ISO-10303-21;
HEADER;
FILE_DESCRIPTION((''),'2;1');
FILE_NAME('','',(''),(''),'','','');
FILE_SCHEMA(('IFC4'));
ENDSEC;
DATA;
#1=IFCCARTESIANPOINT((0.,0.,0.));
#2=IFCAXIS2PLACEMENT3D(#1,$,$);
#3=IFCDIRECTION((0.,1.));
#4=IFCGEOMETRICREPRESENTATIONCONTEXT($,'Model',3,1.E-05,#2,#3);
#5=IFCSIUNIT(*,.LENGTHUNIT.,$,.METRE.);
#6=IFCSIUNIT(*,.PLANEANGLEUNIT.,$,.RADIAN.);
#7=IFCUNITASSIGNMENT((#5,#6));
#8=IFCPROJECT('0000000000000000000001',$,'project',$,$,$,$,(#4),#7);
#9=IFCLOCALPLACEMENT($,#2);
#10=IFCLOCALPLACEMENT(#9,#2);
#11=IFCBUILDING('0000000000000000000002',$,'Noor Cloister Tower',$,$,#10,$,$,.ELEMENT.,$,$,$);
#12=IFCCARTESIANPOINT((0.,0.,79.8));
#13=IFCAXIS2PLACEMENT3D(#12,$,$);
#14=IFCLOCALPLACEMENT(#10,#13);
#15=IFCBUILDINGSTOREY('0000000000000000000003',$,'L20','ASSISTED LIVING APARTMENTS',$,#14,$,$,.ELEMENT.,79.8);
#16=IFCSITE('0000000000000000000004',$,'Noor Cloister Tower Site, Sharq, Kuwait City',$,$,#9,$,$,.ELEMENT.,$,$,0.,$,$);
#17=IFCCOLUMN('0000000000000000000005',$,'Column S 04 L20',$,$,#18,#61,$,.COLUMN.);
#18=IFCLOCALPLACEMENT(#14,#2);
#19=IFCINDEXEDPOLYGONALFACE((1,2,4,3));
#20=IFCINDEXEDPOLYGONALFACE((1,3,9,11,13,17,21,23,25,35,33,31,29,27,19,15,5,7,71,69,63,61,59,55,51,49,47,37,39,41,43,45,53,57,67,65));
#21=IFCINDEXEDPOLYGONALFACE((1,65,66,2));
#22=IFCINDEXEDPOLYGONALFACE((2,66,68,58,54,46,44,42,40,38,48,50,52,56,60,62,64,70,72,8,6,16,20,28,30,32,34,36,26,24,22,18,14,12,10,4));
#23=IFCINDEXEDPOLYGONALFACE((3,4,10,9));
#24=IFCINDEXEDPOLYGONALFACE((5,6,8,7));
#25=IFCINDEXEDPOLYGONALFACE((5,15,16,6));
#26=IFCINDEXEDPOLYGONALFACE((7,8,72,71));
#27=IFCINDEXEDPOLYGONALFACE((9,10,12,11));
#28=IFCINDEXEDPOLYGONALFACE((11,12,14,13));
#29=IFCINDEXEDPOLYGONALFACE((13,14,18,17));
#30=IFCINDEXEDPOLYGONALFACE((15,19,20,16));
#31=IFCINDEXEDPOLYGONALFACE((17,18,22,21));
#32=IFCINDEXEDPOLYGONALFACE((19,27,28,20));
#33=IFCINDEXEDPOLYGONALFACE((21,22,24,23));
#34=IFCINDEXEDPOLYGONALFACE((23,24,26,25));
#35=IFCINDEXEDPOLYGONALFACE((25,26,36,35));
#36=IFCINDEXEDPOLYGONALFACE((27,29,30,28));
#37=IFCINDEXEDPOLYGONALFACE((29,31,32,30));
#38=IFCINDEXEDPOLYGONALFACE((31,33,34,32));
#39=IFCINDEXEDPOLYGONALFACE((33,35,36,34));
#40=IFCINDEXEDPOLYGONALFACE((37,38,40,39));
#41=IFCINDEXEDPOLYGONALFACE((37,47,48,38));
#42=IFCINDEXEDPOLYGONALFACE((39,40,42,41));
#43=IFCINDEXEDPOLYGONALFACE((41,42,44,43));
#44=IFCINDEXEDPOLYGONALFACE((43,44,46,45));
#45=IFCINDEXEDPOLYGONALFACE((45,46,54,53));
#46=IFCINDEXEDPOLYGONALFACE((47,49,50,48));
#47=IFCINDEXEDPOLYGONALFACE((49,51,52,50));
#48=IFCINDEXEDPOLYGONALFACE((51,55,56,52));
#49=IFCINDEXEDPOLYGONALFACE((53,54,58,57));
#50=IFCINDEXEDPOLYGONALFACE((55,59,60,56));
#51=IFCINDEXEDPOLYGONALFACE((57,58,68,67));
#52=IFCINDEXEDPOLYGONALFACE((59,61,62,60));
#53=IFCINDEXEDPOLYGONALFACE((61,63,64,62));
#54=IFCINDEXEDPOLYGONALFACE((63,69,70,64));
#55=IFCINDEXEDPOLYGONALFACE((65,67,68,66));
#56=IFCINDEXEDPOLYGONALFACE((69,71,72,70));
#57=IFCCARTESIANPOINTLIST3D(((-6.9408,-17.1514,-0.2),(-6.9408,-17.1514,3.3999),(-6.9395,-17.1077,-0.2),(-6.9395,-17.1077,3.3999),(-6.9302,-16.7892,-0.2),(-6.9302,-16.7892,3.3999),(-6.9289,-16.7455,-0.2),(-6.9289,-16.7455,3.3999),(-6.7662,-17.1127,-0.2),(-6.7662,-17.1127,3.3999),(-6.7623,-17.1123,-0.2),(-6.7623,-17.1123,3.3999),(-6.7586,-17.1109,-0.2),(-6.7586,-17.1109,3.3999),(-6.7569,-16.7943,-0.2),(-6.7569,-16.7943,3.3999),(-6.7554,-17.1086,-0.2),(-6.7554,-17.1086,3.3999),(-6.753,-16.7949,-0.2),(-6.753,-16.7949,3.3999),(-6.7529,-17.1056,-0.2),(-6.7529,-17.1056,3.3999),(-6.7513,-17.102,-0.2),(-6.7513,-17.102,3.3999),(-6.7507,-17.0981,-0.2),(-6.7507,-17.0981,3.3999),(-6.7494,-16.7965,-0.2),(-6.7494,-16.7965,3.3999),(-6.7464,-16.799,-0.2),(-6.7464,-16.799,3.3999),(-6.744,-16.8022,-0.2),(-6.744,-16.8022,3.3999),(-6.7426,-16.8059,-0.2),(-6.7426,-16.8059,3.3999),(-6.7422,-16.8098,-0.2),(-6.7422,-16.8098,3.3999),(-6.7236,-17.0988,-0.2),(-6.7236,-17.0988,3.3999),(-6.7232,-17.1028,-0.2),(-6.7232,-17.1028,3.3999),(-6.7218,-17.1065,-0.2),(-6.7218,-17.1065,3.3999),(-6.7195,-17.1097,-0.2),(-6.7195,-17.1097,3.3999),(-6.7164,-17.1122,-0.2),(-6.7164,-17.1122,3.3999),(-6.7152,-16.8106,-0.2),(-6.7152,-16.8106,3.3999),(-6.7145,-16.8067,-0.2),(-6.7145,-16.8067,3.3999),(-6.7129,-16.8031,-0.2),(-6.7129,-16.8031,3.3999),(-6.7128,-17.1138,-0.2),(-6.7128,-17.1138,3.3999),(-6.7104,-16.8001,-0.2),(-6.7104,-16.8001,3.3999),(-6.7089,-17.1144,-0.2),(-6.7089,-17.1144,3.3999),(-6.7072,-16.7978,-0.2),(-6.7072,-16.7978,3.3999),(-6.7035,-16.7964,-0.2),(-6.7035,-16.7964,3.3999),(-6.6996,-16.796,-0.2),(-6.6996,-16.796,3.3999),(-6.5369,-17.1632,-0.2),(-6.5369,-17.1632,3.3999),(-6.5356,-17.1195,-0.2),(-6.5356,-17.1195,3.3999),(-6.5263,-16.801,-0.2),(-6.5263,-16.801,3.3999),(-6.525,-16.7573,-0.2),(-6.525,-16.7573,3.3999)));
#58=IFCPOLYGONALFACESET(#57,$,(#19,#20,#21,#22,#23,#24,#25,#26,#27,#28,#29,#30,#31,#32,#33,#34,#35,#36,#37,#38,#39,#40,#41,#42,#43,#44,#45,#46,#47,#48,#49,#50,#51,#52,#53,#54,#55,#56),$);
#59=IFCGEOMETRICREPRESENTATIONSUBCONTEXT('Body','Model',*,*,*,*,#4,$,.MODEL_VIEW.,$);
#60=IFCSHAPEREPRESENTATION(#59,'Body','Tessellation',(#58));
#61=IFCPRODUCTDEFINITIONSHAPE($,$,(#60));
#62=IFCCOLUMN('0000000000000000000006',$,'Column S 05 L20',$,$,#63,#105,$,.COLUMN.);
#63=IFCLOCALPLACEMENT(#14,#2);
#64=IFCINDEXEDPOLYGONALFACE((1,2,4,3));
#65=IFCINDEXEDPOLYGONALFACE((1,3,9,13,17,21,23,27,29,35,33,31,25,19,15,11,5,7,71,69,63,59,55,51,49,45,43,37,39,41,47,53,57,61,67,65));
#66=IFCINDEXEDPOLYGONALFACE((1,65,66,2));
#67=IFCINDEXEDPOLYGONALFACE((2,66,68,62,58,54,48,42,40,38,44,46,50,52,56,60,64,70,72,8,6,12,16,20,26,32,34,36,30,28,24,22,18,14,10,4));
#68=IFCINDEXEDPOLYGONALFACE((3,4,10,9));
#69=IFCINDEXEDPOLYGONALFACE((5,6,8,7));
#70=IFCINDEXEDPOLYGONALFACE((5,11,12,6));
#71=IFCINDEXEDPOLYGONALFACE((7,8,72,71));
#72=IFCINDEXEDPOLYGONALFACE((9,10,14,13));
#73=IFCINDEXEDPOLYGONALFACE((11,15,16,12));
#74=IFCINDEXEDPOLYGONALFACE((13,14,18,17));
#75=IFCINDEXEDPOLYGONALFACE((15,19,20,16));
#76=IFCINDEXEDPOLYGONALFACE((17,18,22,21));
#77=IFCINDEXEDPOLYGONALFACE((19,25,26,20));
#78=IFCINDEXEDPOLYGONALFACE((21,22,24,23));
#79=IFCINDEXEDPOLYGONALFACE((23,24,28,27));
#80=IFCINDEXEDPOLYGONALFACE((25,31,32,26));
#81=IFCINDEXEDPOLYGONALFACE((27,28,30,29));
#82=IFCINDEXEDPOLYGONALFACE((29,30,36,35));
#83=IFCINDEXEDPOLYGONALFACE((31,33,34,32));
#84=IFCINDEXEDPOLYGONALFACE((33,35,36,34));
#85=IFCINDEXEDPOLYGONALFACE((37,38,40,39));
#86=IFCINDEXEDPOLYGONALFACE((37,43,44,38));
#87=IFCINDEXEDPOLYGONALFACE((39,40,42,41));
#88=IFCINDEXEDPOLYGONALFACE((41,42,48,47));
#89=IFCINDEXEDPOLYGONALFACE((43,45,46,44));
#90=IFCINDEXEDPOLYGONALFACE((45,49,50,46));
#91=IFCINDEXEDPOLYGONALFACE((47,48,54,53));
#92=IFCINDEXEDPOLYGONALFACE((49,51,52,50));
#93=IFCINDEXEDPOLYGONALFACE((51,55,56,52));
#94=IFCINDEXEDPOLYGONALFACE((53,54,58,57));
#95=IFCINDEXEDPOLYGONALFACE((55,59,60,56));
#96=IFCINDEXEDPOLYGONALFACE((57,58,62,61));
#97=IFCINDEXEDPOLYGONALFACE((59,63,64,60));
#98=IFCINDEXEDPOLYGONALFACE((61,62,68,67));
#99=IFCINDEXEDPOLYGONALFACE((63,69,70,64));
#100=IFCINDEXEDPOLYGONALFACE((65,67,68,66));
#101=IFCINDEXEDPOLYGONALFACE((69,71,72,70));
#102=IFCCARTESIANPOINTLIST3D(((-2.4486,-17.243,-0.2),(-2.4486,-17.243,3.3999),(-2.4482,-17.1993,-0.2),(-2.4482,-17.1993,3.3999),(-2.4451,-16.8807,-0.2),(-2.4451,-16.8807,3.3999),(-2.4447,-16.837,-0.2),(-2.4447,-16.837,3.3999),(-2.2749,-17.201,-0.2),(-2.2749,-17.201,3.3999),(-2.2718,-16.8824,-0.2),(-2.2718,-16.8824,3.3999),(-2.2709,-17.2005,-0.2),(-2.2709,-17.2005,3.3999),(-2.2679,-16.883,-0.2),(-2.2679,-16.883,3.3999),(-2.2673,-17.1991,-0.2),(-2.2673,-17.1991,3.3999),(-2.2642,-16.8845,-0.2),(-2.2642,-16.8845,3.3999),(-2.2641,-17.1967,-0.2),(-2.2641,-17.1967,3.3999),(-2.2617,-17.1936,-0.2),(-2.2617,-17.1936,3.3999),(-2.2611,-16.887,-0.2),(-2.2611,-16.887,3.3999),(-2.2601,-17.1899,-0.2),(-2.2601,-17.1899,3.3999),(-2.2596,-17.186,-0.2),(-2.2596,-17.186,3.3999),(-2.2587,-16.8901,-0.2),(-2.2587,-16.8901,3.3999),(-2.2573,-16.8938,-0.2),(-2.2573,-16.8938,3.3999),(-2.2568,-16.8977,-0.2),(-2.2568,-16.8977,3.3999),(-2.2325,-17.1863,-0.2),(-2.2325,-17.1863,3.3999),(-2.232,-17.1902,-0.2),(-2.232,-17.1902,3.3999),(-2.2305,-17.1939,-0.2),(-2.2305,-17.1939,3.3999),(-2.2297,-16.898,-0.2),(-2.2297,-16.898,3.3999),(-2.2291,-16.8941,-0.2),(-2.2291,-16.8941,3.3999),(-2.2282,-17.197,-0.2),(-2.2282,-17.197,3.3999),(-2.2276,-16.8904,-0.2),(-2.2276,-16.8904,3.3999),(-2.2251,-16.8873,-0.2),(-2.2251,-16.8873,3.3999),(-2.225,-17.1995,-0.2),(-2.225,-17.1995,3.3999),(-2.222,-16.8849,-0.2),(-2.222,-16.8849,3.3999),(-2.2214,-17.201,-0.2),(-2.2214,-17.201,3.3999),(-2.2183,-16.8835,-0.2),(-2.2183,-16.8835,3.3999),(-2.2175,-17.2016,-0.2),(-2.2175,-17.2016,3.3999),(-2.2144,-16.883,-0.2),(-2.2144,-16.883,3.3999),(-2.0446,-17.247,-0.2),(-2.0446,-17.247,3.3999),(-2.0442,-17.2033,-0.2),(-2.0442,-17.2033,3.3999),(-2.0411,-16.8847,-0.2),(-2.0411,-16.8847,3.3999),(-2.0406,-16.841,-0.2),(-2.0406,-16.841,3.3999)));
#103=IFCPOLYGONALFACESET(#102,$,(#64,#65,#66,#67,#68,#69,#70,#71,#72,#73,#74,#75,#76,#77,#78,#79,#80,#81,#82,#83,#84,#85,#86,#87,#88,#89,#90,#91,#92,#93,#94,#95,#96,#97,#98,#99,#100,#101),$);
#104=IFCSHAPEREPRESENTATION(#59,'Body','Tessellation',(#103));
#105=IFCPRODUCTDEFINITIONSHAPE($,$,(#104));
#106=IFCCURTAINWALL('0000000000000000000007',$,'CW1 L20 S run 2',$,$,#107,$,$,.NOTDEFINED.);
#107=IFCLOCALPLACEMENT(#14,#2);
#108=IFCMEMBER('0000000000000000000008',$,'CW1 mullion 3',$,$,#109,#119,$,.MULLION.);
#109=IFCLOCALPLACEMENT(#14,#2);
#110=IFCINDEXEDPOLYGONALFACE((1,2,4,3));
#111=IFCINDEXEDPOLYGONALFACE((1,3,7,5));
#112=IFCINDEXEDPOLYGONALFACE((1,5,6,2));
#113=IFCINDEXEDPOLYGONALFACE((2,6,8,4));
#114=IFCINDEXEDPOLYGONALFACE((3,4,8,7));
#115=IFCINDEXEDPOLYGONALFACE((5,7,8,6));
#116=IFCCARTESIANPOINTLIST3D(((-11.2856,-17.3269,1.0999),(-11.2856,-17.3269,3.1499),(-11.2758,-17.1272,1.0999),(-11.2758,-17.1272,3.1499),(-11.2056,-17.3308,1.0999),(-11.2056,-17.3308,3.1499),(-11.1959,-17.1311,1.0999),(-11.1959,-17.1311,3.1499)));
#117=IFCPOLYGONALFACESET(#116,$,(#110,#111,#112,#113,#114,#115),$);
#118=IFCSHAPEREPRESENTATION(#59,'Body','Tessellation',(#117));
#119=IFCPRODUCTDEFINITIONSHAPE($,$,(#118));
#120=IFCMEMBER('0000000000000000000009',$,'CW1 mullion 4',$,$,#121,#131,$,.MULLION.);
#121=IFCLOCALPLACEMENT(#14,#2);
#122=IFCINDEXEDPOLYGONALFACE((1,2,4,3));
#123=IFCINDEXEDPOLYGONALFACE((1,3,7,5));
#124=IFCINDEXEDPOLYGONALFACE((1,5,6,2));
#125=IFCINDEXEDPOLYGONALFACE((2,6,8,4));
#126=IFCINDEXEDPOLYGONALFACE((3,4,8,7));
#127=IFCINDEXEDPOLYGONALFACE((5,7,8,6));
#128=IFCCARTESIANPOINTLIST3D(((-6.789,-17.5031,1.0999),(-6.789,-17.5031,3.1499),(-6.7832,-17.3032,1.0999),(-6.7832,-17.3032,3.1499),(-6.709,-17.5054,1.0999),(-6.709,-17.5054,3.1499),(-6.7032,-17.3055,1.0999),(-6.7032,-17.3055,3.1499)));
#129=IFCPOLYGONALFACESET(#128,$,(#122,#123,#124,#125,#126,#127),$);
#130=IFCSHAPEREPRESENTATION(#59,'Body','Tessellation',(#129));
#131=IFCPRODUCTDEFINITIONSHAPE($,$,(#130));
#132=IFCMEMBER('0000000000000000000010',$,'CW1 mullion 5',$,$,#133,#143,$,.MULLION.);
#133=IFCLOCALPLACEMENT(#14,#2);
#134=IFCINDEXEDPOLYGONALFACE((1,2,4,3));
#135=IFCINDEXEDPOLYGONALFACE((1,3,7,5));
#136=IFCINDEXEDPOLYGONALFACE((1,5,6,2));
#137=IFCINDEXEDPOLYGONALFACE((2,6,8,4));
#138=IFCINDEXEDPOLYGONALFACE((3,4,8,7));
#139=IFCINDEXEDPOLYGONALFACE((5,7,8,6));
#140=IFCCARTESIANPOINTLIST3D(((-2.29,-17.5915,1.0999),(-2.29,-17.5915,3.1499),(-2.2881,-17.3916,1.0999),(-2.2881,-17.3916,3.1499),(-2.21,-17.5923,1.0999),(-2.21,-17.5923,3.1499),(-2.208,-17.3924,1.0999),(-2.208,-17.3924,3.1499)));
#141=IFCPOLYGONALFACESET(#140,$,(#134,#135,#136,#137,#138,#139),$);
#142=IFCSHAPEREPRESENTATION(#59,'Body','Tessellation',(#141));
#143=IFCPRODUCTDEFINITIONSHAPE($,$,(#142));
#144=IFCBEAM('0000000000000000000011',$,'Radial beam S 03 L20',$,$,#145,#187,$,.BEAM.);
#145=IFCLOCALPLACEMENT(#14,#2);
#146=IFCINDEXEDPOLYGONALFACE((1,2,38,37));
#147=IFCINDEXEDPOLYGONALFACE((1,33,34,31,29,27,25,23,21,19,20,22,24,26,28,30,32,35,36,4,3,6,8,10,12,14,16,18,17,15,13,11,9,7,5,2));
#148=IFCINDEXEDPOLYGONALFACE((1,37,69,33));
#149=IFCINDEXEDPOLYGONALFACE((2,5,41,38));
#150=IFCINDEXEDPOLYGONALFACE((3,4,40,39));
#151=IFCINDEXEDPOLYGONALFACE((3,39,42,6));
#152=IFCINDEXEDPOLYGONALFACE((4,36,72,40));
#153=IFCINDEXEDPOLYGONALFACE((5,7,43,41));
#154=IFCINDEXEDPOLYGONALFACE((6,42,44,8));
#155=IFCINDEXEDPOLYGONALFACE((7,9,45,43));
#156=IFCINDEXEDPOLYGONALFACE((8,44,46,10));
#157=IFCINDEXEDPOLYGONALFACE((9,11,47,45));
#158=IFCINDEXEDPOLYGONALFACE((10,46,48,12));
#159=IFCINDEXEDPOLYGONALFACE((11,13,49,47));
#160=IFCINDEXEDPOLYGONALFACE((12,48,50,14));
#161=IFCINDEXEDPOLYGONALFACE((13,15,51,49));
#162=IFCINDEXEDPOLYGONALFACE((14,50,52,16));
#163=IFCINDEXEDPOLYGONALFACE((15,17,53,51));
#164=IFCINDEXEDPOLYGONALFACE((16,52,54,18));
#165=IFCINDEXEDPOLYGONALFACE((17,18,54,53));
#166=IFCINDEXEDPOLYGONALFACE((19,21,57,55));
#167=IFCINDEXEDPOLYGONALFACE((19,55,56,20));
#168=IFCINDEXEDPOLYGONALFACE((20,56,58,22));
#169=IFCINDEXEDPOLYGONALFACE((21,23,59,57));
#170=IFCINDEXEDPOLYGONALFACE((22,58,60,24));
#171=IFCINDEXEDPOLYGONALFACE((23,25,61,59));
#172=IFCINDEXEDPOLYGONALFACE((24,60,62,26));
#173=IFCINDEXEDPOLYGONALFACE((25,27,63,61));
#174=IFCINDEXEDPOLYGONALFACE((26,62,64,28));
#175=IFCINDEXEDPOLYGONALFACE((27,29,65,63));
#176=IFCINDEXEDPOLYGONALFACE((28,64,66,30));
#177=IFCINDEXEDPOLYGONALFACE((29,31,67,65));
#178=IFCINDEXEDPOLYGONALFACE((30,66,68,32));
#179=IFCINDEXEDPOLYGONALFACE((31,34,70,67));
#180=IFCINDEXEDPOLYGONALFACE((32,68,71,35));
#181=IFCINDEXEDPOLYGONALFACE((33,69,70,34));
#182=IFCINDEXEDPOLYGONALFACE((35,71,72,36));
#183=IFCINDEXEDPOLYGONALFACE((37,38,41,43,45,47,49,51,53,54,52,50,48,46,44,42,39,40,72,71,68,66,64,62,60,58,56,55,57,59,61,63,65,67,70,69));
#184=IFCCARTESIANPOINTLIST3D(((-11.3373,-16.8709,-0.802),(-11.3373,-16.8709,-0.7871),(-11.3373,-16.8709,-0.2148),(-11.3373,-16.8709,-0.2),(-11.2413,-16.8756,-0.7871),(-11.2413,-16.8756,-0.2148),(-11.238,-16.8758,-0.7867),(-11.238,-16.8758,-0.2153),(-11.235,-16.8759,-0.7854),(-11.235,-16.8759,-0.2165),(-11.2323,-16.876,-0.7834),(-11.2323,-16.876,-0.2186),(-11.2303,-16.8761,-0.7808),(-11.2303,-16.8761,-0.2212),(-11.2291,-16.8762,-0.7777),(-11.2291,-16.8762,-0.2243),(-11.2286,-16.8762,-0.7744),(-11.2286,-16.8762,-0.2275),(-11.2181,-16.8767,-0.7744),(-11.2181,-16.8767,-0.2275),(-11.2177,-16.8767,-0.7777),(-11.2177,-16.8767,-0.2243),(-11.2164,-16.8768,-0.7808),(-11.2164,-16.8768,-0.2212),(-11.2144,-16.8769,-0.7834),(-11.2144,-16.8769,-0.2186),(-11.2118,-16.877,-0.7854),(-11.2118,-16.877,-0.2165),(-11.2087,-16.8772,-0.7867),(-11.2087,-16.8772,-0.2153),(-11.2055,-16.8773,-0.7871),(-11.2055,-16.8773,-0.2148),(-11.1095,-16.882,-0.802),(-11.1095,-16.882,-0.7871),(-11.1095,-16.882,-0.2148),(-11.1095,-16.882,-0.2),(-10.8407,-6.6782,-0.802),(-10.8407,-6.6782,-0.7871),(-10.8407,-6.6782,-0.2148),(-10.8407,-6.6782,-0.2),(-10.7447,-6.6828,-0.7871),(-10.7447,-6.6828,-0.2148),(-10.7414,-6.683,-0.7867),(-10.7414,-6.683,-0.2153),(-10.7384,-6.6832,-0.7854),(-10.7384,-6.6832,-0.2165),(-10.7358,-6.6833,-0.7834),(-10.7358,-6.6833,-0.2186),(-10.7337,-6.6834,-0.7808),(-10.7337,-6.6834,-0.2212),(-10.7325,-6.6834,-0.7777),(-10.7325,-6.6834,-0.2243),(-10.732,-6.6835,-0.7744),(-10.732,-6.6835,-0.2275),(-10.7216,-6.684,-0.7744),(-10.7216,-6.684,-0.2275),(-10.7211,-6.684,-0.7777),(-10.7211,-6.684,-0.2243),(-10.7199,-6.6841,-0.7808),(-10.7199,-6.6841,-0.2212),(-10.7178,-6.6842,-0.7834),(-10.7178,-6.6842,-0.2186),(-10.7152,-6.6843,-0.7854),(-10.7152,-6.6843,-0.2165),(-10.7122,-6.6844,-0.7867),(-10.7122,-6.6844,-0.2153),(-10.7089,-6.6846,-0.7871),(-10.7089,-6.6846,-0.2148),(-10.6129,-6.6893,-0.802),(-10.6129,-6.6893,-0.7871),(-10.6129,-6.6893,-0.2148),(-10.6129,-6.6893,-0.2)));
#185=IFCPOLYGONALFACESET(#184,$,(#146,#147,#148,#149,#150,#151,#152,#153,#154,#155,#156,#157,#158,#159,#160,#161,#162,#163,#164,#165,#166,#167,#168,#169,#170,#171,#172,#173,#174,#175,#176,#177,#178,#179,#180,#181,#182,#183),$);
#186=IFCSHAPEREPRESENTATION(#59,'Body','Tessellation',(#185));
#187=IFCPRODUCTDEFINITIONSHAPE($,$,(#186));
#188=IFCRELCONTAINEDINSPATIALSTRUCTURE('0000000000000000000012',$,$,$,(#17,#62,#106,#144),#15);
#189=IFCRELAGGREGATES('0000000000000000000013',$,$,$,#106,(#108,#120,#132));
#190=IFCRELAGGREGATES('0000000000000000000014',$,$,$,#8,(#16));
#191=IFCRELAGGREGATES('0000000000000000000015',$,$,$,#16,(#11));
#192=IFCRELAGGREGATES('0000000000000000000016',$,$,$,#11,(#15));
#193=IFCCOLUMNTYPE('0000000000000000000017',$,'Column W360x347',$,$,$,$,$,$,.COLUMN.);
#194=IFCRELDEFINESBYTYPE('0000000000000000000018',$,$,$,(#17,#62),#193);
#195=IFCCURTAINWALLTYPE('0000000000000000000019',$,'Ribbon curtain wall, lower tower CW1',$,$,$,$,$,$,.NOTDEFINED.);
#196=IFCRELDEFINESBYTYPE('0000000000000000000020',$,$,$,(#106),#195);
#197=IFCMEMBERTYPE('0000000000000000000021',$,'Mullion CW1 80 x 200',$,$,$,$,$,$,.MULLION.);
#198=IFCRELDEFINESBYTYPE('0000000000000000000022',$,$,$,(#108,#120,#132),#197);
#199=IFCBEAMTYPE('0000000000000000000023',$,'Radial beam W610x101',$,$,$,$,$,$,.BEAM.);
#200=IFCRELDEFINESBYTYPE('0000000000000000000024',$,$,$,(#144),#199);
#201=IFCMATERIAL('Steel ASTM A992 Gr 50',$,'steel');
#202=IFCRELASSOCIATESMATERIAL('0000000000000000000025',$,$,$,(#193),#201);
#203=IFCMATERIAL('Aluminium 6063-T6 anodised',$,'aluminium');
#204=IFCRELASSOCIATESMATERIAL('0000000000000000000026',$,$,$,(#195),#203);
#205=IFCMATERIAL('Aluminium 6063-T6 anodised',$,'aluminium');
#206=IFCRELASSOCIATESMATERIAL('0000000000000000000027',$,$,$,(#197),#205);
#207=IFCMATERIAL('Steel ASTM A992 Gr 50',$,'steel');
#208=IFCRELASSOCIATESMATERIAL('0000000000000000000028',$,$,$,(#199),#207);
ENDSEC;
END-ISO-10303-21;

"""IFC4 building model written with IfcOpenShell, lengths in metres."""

from ifc_helpers import new_model, si_unit, direction, frame, origin, origin_2d, place, context, subcontext, project, spatial, rectangle, i_section, extrude, material, material_profile, profile_set, type_object, element, aggregate, save


model = new_model("IFC4")

# Units and contexts
model_context = context("Model", 3, precision=1e-05, world=origin(), true_north=direction((0.0, 1.0)))
body_context = subcontext(model_context, "Body", "Model", "MODEL_VIEW")
ifc_project = project(units=[si_unit("LENGTHUNIT", "METRE"), si_unit("PLANEANGLEUNIT", "RADIAN")], contexts=[model_context])

# Site, building, storey
site_placement = place(None, origin())
site = spatial("IfcSite", under=ifc_project, at=site_placement, Name="Noor Cloister Tower Site, Sharq, Kuwait City", CompositionType="ELEMENT", RefElevation=0.0)
building_placement = place(site_placement, origin())
building = spatial("IfcBuilding", under=site, at=building_placement, Name="Noor Cloister Tower", CompositionType="ELEMENT")
storey_placement = place(building_placement, frame((0.0, 0.0, 79.8)))
storey = spatial("IfcBuildingStorey", under=building, at=storey_placement, Name="L20", Description="ASSISTED LIVING APARTMENTS", CompositionType="ELEMENT", Elevation=79.8)

# Columns
ifc_material_1 = material(Name="Steel ASTM A992 Gr 50", Category="steel")
ifc_material_profile_1 = material_profile(ifc_material_1, i_section(OverallWidth=0.4041, OverallDepth=0.406, WebThickness=0.0271, FlangeThickness=0.0437, FilletRadius=0.0151, at=origin_2d()), Name="W360x347")
ifc_profile_set_1 = profile_set([ifc_material_profile_1], Name="Steel ASTM A992 Gr 50")
column_type = type_object("IfcColumnType", Name="Column W360x347", PredefinedType="COLUMN", material=ifc_profile_set_1)
for number, where, z_axis, x_axis, name in (
    (1, (-6.7329, -16.9543, -0.2), (0.0, 0.0, 1.0), (0.999573, -0.029216, 0.0), "Column S 04 L20"),
    (2, (-2.2446, -17.042, -0.2), (0.0, 0.0, 1.0), (0.999953, -0.00974, 0.0), "Column S 05 L20"),
):
    element("IfcColumn", number, at=place(storey_placement, frame(where, z_axis=z_axis, x_axis=x_axis)), inside=storey, type_object=column_type, Name=name, PredefinedType="COLUMN", context=body_context, shape_type="SweptSolid", body=[
        extrude(i_section(OverallWidth=0.4041, OverallDepth=0.406, WebThickness=0.0271, FlangeThickness=0.0437, FilletRadius=0.0151, at=origin_2d()), origin(), (0.0, 0.0, 1.0), 3.5999),
    ])

# Curtain wall, members
ifc_material_2 = material(Name="Aluminium 6063-T6 anodised", Category="aluminium")
curtain_wall_type = type_object("IfcCurtainWallType", Name="Ribbon curtain wall, lower tower CW1", PredefinedType="NOTDEFINED", material=ifc_material_2)
curtain_wall_placement = place(storey_placement, origin())
curtain_wall = element("IfcCurtainWall", 3, at=curtain_wall_placement, inside=storey, type_object=curtain_wall_type, Name="CW1 L20 S run 2", PredefinedType="NOTDEFINED")
ifc_material_3 = material(Name="Aluminium 6063-T6 anodised", Category="aluminium")
ifc_material_profile_2 = material_profile(ifc_material_3, rectangle(XDim=0.2, YDim=0.0801, at=origin_2d()), Name="200 x 80 mullion")
ifc_profile_set_2 = profile_set([ifc_material_profile_2], Name="Aluminium 6063-T6 anodised")
member_type = type_object("IfcMemberType", Name="Mullion CW1 80 x 200", PredefinedType="MULLION", material=ifc_profile_set_2)
member_1_placement = place(storey_placement, frame((-11.2407, -17.229, 1.0999), z_axis=(0.0, 0.0, 1.0), x_axis=(0.048681, 0.998814, 0.0)))
member_1 = element("IfcMember", 4, at=member_1_placement, type_object=member_type, Name="CW1 mullion 3", PredefinedType="MULLION", context=body_context, shape_type="SweptSolid", body=[
    extrude(rectangle(XDim=0.2, YDim=0.0801, at=origin_2d()), origin(), (0.0, 0.0, 1.0), 2.05),
])
member_2_placement = place(storey_placement, frame((-6.7461, -17.4043, 1.0999), z_axis=(0.0, 0.0, 1.0), x_axis=(0.029216, 0.999573, 0.0)))
member_2 = element("IfcMember", 5, at=member_2_placement, type_object=member_type, Name="CW1 mullion 4", PredefinedType="MULLION", context=body_context, shape_type="SweptSolid", body=[
    extrude(rectangle(XDim=0.2, YDim=0.0801, at=origin_2d()), origin(), (0.0, 0.0, 1.0), 2.05),
])
member_3_placement = place(storey_placement, frame((-2.249, -17.4919, 1.0999), z_axis=(0.0, 0.0, 1.0), x_axis=(0.00974, 0.999953, 0.0)))
member_3 = element("IfcMember", 6, at=member_3_placement, type_object=member_type, Name="CW1 mullion 5", PredefinedType="MULLION", context=body_context, shape_type="SweptSolid", body=[
    extrude(rectangle(XDim=0.2, YDim=0.0801, at=origin_2d()), origin(), (0.0, 0.0, 1.0), 2.05),
])

# Beam
ifc_material_4 = material(Name="Steel ASTM A992 Gr 50", Category="steel")
ifc_material_profile_3 = material_profile(ifc_material_4, i_section(OverallWidth=0.228, OverallDepth=0.6021, WebThickness=0.0105, FlangeThickness=0.0149, FilletRadius=0.0127, at=origin_2d()), Name="W610x101")
ifc_profile_set_3 = profile_set([ifc_material_profile_3], Name="Steel ASTM A992 Gr 50")
beam_type_1 = type_object("IfcBeamType", Name="Radial beam W610x101", PredefinedType="BEAM", material=ifc_profile_set_3)
beam_1_placement = place(storey_placement, frame((-11.2234, -16.8765, -0.501), z_axis=(0.048662, 0.998815, 0.0), x_axis=(-0.998815, 0.048662, 0.0)))
element("IfcBeam", 7, at=beam_1_placement, inside=storey, type_object=beam_type_1, Name="Radial beam S 03 L20", PredefinedType="BEAM", context=body_context, shape_type="SweptSolid", body=[
    extrude(i_section(OverallWidth=0.228, OverallDepth=0.6021, WebThickness=0.0105, FlangeThickness=0.0149, FilletRadius=0.0127, at=origin_2d()), origin(), (0.0, 0.0, 1.0), 10.2048),
])

aggregate(curtain_wall, [member_1, member_2, member_3])

save(model, "model.ifc")
